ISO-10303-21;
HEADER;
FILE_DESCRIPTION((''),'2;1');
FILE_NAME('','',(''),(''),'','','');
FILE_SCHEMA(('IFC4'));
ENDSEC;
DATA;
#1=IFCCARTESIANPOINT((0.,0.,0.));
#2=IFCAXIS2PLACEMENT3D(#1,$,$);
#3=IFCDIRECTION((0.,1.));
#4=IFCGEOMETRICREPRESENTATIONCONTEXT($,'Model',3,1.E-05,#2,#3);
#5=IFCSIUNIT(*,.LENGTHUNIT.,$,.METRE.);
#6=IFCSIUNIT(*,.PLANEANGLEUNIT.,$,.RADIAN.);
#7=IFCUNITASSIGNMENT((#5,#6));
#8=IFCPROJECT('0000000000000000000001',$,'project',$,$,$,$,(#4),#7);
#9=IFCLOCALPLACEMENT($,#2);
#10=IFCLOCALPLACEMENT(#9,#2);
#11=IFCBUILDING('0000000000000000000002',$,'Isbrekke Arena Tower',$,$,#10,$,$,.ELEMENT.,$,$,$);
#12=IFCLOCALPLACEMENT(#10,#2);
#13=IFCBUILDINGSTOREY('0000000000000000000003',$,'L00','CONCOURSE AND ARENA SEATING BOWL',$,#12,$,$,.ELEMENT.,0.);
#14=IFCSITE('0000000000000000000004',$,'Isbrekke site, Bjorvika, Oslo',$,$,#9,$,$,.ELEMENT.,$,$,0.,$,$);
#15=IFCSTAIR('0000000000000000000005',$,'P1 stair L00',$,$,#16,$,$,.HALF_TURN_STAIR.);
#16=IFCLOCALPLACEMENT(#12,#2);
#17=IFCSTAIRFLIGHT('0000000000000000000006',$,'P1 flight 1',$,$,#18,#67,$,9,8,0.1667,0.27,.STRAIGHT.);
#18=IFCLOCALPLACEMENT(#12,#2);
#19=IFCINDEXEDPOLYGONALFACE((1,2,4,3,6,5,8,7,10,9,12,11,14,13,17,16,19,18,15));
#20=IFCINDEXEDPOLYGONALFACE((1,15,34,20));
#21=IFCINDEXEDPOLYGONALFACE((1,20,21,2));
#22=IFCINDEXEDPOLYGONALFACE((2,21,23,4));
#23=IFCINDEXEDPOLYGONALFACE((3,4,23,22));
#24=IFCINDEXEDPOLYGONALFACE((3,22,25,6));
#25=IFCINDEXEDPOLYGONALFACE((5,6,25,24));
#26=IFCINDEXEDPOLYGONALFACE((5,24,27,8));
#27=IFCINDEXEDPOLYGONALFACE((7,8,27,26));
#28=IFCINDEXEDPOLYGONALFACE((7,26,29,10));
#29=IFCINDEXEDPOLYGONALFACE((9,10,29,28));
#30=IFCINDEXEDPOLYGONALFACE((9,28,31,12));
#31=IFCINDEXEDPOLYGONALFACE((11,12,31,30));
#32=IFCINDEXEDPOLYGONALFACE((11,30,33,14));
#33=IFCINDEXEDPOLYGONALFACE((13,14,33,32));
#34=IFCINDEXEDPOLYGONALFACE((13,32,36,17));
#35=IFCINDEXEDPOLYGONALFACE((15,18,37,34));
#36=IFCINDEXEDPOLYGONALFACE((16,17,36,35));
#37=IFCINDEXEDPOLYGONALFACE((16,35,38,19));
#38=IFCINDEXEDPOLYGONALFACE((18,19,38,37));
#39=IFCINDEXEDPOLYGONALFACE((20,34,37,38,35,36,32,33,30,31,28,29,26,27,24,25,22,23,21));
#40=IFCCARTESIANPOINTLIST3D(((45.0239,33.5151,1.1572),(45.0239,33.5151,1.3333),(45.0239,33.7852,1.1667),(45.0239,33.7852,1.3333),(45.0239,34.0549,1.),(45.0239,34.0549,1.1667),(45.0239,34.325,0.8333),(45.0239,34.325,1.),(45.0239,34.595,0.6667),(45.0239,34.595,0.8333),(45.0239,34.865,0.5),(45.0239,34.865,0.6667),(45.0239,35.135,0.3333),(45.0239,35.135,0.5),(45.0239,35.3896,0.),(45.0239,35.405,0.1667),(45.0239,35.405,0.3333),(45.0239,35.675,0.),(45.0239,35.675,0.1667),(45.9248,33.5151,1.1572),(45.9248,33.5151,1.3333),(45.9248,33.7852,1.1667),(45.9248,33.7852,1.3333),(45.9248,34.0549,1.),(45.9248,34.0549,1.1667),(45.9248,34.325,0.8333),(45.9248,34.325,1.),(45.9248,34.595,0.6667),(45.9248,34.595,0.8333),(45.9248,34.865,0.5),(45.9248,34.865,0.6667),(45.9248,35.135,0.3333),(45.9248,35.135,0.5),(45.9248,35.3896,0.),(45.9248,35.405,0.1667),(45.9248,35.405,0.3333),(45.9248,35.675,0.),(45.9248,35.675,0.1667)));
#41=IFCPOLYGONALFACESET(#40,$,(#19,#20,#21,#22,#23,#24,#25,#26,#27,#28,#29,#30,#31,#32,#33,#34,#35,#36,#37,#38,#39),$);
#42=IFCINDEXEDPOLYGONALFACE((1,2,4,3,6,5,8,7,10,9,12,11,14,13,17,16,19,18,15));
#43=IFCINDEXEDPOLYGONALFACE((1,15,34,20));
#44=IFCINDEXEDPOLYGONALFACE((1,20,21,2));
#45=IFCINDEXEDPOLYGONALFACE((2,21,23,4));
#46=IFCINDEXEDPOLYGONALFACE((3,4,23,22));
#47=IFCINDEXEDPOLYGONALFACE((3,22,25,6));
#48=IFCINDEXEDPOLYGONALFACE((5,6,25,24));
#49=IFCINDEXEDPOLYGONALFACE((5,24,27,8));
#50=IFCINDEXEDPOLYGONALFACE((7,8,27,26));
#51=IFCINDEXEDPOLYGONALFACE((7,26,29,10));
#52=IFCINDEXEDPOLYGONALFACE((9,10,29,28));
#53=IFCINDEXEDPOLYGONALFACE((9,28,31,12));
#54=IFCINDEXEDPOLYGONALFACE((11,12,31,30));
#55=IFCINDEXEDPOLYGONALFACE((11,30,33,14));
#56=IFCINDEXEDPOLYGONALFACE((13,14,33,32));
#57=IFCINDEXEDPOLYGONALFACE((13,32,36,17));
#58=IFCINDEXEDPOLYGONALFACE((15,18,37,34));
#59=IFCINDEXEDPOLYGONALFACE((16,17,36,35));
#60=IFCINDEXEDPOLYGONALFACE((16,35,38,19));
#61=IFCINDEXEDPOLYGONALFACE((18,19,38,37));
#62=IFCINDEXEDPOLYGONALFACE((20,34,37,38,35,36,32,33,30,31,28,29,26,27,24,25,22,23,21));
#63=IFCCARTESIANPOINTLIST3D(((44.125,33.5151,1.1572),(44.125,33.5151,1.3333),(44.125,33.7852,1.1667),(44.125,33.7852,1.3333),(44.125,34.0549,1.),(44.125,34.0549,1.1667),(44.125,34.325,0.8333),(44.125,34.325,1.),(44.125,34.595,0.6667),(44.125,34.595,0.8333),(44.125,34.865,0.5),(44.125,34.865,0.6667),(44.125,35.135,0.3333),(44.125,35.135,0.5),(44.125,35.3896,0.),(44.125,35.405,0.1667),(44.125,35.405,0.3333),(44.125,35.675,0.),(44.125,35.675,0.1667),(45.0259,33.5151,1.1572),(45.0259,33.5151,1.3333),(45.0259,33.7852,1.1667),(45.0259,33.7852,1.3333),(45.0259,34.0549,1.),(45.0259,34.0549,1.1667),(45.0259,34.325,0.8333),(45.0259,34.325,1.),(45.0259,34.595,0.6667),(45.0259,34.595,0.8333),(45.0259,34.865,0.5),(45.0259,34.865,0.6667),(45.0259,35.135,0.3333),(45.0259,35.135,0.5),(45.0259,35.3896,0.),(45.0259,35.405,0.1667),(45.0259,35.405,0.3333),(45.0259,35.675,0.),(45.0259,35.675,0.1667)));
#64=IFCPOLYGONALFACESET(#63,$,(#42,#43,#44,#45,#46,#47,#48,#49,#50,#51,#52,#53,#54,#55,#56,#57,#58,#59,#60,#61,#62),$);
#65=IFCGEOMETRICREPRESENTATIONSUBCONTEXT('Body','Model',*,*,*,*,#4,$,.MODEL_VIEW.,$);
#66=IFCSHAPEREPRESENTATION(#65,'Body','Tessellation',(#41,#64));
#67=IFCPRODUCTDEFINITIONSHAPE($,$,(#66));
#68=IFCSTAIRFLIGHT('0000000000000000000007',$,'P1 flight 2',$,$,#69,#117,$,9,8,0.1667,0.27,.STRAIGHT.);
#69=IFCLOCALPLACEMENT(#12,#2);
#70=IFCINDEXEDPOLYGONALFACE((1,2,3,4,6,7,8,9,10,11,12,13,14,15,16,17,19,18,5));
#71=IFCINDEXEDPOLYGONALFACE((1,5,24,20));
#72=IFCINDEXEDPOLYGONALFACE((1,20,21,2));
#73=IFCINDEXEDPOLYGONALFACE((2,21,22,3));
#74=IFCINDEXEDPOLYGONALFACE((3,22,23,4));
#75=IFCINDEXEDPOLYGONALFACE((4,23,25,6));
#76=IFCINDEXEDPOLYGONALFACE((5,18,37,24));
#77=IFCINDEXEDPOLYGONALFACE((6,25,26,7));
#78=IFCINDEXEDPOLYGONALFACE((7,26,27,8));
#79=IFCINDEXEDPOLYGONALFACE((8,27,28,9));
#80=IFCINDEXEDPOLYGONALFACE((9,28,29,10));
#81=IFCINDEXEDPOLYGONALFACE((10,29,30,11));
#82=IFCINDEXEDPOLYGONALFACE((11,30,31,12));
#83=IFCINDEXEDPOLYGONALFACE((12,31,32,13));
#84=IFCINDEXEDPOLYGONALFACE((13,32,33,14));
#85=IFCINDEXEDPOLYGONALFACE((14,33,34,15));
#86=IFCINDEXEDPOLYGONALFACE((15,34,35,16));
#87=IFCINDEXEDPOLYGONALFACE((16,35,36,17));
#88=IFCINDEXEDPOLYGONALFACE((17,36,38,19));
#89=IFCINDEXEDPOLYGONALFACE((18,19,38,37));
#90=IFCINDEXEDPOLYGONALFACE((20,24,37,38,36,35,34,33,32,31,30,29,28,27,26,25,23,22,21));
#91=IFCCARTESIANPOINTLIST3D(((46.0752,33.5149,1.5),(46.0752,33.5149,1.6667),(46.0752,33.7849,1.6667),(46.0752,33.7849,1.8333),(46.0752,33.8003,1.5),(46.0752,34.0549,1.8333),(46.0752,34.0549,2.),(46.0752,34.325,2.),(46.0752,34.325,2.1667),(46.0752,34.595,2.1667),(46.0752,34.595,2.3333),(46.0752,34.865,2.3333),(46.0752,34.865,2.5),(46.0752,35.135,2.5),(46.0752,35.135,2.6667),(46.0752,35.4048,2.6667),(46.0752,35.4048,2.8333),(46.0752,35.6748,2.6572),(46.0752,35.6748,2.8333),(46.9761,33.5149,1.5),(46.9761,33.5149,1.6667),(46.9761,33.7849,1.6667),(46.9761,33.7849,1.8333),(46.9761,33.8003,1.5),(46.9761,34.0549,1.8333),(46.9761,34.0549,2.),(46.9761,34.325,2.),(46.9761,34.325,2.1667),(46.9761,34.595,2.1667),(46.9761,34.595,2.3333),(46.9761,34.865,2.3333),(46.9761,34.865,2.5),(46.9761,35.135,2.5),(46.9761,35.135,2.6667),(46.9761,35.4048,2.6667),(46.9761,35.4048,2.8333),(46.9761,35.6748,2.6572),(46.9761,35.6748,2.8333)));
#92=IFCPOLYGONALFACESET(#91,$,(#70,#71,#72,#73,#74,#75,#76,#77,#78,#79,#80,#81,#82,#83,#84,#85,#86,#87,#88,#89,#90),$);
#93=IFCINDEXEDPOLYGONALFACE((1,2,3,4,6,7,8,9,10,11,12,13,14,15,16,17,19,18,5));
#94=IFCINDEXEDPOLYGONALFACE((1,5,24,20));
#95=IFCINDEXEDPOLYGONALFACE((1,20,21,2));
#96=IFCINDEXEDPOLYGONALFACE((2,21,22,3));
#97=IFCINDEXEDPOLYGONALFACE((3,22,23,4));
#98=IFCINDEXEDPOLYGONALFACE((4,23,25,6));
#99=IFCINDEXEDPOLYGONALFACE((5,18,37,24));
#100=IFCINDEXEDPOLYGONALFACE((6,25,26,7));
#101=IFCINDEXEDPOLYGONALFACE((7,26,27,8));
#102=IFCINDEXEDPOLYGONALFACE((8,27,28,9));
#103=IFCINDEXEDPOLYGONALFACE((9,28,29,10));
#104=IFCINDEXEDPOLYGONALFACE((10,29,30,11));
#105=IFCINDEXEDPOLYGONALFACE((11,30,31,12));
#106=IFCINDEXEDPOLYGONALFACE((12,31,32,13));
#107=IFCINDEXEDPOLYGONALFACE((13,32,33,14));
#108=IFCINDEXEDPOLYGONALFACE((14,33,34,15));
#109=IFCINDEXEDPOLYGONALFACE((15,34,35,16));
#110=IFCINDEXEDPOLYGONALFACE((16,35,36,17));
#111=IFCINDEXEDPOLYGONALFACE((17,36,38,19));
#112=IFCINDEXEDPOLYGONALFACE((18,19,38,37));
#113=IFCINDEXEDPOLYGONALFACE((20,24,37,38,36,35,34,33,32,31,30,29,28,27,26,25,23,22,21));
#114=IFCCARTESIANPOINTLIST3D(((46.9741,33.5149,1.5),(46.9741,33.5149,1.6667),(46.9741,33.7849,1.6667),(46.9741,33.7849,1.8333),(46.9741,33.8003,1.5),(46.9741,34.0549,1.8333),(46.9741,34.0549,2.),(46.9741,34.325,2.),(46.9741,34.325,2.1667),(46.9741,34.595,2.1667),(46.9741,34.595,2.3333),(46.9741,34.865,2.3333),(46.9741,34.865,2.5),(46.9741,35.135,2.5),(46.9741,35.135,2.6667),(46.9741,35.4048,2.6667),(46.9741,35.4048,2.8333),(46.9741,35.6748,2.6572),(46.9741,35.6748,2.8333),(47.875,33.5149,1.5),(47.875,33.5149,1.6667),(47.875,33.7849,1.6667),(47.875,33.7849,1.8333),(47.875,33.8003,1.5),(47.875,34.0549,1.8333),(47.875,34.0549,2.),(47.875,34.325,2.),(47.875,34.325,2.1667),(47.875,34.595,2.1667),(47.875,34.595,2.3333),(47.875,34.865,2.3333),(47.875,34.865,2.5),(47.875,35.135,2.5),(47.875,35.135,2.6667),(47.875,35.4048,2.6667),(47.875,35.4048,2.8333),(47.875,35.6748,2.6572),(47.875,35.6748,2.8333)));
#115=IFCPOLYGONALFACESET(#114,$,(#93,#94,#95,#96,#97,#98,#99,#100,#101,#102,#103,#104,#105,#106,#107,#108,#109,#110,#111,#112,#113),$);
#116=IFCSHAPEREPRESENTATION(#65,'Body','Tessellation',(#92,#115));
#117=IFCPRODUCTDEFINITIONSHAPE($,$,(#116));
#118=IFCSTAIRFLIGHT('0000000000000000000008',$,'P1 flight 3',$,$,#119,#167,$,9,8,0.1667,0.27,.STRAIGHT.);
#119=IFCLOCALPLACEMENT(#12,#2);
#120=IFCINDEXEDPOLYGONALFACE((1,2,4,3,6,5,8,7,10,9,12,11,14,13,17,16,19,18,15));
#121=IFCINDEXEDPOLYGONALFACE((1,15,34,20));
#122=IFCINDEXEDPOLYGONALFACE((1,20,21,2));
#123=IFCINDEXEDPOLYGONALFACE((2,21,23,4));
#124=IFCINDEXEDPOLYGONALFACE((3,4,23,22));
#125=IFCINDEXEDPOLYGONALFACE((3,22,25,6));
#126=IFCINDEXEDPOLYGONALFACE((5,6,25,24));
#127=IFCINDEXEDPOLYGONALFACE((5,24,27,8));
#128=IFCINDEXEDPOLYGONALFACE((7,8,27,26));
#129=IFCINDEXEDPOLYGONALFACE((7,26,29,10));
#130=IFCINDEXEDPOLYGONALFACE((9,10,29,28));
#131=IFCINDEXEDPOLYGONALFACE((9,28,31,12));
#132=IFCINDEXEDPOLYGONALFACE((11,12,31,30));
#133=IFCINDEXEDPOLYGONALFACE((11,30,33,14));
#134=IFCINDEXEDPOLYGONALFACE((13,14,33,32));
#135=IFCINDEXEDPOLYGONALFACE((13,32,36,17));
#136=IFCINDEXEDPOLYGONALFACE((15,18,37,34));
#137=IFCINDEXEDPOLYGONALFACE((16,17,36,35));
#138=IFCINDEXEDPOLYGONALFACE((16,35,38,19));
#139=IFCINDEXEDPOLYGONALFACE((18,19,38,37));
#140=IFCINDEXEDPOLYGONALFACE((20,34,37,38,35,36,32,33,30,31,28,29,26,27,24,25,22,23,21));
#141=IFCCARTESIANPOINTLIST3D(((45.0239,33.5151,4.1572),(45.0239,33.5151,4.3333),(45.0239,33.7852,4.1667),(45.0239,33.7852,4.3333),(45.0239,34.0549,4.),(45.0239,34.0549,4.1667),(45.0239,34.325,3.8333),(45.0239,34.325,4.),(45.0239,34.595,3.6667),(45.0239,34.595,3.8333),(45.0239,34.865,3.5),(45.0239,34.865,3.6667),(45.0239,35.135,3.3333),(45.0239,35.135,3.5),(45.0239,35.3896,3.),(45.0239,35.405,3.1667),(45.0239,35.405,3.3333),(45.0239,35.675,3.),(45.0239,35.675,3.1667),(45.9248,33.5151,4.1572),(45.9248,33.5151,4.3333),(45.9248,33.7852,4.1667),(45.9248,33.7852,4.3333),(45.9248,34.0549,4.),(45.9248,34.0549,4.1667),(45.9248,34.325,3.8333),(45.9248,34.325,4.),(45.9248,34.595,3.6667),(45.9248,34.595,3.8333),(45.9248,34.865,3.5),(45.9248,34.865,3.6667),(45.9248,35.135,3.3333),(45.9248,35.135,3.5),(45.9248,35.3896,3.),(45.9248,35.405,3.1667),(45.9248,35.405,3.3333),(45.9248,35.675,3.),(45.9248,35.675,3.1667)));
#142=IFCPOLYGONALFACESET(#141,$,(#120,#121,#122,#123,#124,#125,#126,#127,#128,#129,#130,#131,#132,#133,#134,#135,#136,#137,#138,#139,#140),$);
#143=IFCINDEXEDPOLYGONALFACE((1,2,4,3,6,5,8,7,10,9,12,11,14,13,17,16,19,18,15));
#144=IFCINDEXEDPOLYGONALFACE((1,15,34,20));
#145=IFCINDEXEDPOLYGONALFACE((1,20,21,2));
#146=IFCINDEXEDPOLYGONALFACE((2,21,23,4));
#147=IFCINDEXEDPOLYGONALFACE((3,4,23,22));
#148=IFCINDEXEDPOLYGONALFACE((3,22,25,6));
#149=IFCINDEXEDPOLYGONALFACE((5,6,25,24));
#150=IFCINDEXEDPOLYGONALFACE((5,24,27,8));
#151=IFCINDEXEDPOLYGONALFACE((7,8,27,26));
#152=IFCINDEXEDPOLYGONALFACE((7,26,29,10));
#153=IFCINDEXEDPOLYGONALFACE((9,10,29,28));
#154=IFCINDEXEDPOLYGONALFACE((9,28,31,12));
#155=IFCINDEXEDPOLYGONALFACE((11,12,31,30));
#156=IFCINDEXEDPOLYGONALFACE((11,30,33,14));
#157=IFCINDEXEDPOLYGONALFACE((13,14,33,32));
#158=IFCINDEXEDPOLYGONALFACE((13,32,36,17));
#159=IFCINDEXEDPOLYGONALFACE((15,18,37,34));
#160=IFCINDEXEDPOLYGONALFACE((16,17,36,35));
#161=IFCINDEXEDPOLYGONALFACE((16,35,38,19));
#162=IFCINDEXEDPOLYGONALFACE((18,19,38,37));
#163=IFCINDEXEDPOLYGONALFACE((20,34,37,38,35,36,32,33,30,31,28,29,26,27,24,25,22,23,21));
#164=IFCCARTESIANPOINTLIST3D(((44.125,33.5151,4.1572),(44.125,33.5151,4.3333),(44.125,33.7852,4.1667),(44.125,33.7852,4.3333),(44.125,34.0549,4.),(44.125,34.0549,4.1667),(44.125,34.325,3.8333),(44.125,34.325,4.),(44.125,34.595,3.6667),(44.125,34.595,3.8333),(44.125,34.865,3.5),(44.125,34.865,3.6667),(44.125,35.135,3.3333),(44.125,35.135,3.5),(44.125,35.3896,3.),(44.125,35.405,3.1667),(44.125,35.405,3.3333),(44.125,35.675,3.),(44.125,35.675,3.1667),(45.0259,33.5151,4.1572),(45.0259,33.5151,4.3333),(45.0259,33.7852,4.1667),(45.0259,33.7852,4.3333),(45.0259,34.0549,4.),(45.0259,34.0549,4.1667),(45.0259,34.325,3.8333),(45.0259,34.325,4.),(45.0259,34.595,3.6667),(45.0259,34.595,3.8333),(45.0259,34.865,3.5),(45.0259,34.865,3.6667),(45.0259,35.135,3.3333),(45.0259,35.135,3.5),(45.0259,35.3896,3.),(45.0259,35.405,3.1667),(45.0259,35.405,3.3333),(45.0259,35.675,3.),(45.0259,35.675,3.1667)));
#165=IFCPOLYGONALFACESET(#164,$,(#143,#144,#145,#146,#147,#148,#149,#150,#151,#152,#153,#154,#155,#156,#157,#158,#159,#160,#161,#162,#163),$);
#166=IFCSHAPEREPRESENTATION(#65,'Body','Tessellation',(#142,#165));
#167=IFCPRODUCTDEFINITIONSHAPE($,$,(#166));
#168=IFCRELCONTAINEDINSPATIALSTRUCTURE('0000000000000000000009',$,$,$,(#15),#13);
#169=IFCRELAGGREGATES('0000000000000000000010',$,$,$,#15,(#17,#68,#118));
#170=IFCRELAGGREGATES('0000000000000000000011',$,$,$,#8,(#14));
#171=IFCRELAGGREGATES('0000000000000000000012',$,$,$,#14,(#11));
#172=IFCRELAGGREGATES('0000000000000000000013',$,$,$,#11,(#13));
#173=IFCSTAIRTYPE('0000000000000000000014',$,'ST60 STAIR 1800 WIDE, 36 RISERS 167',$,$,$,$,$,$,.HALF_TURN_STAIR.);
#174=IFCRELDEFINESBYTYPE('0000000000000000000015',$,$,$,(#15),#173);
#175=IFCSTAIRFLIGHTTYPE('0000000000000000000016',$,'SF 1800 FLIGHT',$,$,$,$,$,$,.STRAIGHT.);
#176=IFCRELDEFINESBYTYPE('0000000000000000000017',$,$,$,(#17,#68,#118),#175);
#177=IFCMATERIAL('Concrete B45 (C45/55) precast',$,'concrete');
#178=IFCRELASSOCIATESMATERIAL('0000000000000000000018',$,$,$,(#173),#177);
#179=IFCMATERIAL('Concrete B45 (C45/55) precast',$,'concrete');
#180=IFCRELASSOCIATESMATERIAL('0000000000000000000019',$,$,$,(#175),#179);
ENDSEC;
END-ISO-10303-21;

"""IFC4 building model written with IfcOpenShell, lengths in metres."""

from ifc_helpers import new_model, si_unit, direction, frame, origin, place, context, subcontext, project, spatial, polyline, outline, extrude, material, type_object, element, aggregate, save


model = new_model("IFC4")

# Units and contexts
model_context = context("Model", 3, precision=1e-05, world=origin(), true_north=direction((0.0, 1.0)))
body_context = subcontext(model_context, "Body", "Model", "MODEL_VIEW")
ifc_project = project(units=[si_unit("LENGTHUNIT", "METRE"), si_unit("PLANEANGLEUNIT", "RADIAN")], contexts=[model_context])

# Site, building, storey
site_placement = place(None, origin())
site = spatial("IfcSite", under=ifc_project, at=site_placement, Name="Isbrekke site, Bjorvika, Oslo", CompositionType="ELEMENT", RefElevation=0.0)
building_placement = place(site_placement, origin())
building = spatial("IfcBuilding", under=site, at=building_placement, Name="Isbrekke Arena Tower", CompositionType="ELEMENT")
storey_placement = place(building_placement, origin())
storey = spatial("IfcBuildingStorey", under=building, at=storey_placement, Name="L00", Description="CONCOURSE AND ARENA SEATING BOWL", CompositionType="ELEMENT", Elevation=0.0)

# Stair, stair flights
ifc_material_1 = material(Name="Concrete B45 (C45/55) precast", Category="concrete")
stair_type = type_object("IfcStairType", Name="ST60 STAIR 1800 WIDE, 36 RISERS 167", PredefinedType="HALF_TURN_STAIR", material=ifc_material_1)
stair_placement = place(storey_placement, origin())
stair = element("IfcStair", 1, at=stair_placement, inside=storey, type_object=stair_type, Name="P1 stair L00", PredefinedType="HALF_TURN_STAIR")
ifc_material_2 = material(Name="Concrete B45 (C45/55) precast", Category="concrete")
stair_flight_type = type_object("IfcStairFlightType", Name="SF 1800 FLIGHT", PredefinedType="STRAIGHT", material=ifc_material_2)
stair_flight_1_placement = place(storey_placement, frame((45.0249, 35.675, 0.0), z_axis=(0.0, 0.0, 1.0), x_axis=(0.0, -1.0, 0.0)))
stair_flight_1 = element("IfcStairFlight", 2, at=stair_flight_1_placement, type_object=stair_flight_type, Name="P1 flight 1", NumberOfRisers=9, NumberOfTreads=8, PredefinedType="STRAIGHT", RiserHeight=0.1667, TreadLength=0.27, context=body_context, shape_type="SweptSolid", body=[
    extrude(outline(polyline([(0.0, 0.0), (0.0, 0.1667), (0.27, 0.1667), (0.27, 0.3333), (0.54, 0.3333), (0.54, 0.5), (0.8101, 0.5), (0.8101, 0.6667), (1.0801, 0.6667), (1.0801, 0.8333), (1.3501, 0.8333), (1.3501, 1.0), (1.6201, 1.0), (1.6201, 1.1667), (1.8899, 1.1667), (1.8899, 1.3333), (2.1599, 1.3333), (2.1599, 1.5), (2.1599, 1.1572), (0.2854, 0.0), (0.0, 0.0)])), frame((0.0, 0.8999, 0.0), z_axis=(0.0, -1.0, 0.0), x_axis=(1.0, 0.0, 0.0)), (0.0, 0.0, 1.0), 0.9009),
    extrude(outline(polyline([(0.0, 0.0), (0.0, 0.1667), (0.27, 0.1667), (0.27, 0.3333), (0.54, 0.3333), (0.54, 0.5), (0.8101, 0.5), (0.8101, 0.6667), (1.0801, 0.6667), (1.0801, 0.8333), (1.3501, 0.8333), (1.3501, 1.0), (1.6201, 1.0), (1.6201, 1.1667), (1.8899, 1.1667), (1.8899, 1.3333), (2.1599, 1.3333), (2.1599, 1.5), (2.1599, 1.1572), (0.2854, 0.0), (0.0, 0.0)])), frame((0.0, 0.001, 0.0), z_axis=(0.0, -1.0, 0.0), x_axis=(1.0, 0.0, 0.0)), (0.0, 0.0, 1.0), 0.9009),
])
stair_flight_2_placement = place(storey_placement, frame((46.9751, 33.5149, 1.5), z_axis=(0.0, 0.0, 1.0), x_axis=(0.0, 1.0, 0.0)))
stair_flight_2 = element("IfcStairFlight", 3, at=stair_flight_2_placement, type_object=stair_flight_type, Name="P1 flight 2", NumberOfRisers=9, NumberOfTreads=8, PredefinedType="STRAIGHT", RiserHeight=0.1667, TreadLength=0.27, context=body_context, shape_type="SweptSolid", body=[
    extrude(outline(polyline([(0.0, 0.0), (0.0, 0.1667), (0.27, 0.1667), (0.27, 0.3333), (0.54, 0.3333), (0.54, 0.5), (0.8101, 0.5), (0.8101, 0.6667), (1.0801, 0.6667), (1.0801, 0.8333), (1.3501, 0.8333), (1.3501, 1.0), (1.6201, 1.0), (1.6201, 1.1667), (1.8899, 1.1667), (1.8899, 1.3333), (2.1599, 1.3333), (2.1599, 1.5), (2.1599, 1.1572), (0.2854, 0.0), (0.0, 0.0)])), frame((0.0, 0.8999, 0.0), z_axis=(0.0, -1.0, 0.0), x_axis=(1.0, 0.0, 0.0)), (0.0, 0.0, 1.0), 0.9009),
    extrude(outline(polyline([(0.0, 0.0), (0.0, 0.1667), (0.27, 0.1667), (0.27, 0.3333), (0.54, 0.3333), (0.54, 0.5), (0.8101, 0.5), (0.8101, 0.6667), (1.0801, 0.6667), (1.0801, 0.8333), (1.3501, 0.8333), (1.3501, 1.0), (1.6201, 1.0), (1.6201, 1.1667), (1.8899, 1.1667), (1.8899, 1.3333), (2.1599, 1.3333), (2.1599, 1.5), (2.1599, 1.1572), (0.2854, 0.0), (0.0, 0.0)])), frame((0.0, 0.001, 0.0), z_axis=(0.0, -1.0, 0.0), x_axis=(1.0, 0.0, 0.0)), (0.0, 0.0, 1.0), 0.9009),
])
stair_flight_3_placement = place(storey_placement, frame((45.0249, 35.675, 3.0), z_axis=(0.0, 0.0, 1.0), x_axis=(0.0, -1.0, 0.0)))
stair_flight_3 = element("IfcStairFlight", 4, at=stair_flight_3_placement, type_object=stair_flight_type, Name="P1 flight 3", NumberOfRisers=9, NumberOfTreads=8, PredefinedType="STRAIGHT", RiserHeight=0.1667, TreadLength=0.27, context=body_context, shape_type="SweptSolid", body=[
    extrude(outline(polyline([(0.0, 0.0), (0.0, 0.1667), (0.27, 0.1667), (0.27, 0.3333), (0.54, 0.3333), (0.54, 0.5), (0.8101, 0.5), (0.8101, 0.6667), (1.0801, 0.6667), (1.0801, 0.8333), (1.3501, 0.8333), (1.3501, 1.0), (1.6201, 1.0), (1.6201, 1.1667), (1.8899, 1.1667), (1.8899, 1.3333), (2.1599, 1.3333), (2.1599, 1.5), (2.1599, 1.1572), (0.2854, 0.0), (0.0, 0.0)])), frame((0.0, 0.8999, 0.0), z_axis=(0.0, -1.0, 0.0), x_axis=(1.0, 0.0, 0.0)), (0.0, 0.0, 1.0), 0.9009),
    extrude(outline(polyline([(0.0, 0.0), (0.0, 0.1667), (0.27, 0.1667), (0.27, 0.3333), (0.54, 0.3333), (0.54, 0.5), (0.8101, 0.5), (0.8101, 0.6667), (1.0801, 0.6667), (1.0801, 0.8333), (1.3501, 0.8333), (1.3501, 1.0), (1.6201, 1.0), (1.6201, 1.1667), (1.8899, 1.1667), (1.8899, 1.3333), (2.1599, 1.3333), (2.1599, 1.5), (2.1599, 1.1572), (0.2854, 0.0), (0.0, 0.0)])), frame((0.0, 0.001, 0.0), z_axis=(0.0, -1.0, 0.0), x_axis=(1.0, 0.0, 0.0)), (0.0, 0.0, 1.0), 0.9009),
])
aggregate(stair, [stair_flight_1, stair_flight_2, stair_flight_3])

save(model, "model.ifc")
